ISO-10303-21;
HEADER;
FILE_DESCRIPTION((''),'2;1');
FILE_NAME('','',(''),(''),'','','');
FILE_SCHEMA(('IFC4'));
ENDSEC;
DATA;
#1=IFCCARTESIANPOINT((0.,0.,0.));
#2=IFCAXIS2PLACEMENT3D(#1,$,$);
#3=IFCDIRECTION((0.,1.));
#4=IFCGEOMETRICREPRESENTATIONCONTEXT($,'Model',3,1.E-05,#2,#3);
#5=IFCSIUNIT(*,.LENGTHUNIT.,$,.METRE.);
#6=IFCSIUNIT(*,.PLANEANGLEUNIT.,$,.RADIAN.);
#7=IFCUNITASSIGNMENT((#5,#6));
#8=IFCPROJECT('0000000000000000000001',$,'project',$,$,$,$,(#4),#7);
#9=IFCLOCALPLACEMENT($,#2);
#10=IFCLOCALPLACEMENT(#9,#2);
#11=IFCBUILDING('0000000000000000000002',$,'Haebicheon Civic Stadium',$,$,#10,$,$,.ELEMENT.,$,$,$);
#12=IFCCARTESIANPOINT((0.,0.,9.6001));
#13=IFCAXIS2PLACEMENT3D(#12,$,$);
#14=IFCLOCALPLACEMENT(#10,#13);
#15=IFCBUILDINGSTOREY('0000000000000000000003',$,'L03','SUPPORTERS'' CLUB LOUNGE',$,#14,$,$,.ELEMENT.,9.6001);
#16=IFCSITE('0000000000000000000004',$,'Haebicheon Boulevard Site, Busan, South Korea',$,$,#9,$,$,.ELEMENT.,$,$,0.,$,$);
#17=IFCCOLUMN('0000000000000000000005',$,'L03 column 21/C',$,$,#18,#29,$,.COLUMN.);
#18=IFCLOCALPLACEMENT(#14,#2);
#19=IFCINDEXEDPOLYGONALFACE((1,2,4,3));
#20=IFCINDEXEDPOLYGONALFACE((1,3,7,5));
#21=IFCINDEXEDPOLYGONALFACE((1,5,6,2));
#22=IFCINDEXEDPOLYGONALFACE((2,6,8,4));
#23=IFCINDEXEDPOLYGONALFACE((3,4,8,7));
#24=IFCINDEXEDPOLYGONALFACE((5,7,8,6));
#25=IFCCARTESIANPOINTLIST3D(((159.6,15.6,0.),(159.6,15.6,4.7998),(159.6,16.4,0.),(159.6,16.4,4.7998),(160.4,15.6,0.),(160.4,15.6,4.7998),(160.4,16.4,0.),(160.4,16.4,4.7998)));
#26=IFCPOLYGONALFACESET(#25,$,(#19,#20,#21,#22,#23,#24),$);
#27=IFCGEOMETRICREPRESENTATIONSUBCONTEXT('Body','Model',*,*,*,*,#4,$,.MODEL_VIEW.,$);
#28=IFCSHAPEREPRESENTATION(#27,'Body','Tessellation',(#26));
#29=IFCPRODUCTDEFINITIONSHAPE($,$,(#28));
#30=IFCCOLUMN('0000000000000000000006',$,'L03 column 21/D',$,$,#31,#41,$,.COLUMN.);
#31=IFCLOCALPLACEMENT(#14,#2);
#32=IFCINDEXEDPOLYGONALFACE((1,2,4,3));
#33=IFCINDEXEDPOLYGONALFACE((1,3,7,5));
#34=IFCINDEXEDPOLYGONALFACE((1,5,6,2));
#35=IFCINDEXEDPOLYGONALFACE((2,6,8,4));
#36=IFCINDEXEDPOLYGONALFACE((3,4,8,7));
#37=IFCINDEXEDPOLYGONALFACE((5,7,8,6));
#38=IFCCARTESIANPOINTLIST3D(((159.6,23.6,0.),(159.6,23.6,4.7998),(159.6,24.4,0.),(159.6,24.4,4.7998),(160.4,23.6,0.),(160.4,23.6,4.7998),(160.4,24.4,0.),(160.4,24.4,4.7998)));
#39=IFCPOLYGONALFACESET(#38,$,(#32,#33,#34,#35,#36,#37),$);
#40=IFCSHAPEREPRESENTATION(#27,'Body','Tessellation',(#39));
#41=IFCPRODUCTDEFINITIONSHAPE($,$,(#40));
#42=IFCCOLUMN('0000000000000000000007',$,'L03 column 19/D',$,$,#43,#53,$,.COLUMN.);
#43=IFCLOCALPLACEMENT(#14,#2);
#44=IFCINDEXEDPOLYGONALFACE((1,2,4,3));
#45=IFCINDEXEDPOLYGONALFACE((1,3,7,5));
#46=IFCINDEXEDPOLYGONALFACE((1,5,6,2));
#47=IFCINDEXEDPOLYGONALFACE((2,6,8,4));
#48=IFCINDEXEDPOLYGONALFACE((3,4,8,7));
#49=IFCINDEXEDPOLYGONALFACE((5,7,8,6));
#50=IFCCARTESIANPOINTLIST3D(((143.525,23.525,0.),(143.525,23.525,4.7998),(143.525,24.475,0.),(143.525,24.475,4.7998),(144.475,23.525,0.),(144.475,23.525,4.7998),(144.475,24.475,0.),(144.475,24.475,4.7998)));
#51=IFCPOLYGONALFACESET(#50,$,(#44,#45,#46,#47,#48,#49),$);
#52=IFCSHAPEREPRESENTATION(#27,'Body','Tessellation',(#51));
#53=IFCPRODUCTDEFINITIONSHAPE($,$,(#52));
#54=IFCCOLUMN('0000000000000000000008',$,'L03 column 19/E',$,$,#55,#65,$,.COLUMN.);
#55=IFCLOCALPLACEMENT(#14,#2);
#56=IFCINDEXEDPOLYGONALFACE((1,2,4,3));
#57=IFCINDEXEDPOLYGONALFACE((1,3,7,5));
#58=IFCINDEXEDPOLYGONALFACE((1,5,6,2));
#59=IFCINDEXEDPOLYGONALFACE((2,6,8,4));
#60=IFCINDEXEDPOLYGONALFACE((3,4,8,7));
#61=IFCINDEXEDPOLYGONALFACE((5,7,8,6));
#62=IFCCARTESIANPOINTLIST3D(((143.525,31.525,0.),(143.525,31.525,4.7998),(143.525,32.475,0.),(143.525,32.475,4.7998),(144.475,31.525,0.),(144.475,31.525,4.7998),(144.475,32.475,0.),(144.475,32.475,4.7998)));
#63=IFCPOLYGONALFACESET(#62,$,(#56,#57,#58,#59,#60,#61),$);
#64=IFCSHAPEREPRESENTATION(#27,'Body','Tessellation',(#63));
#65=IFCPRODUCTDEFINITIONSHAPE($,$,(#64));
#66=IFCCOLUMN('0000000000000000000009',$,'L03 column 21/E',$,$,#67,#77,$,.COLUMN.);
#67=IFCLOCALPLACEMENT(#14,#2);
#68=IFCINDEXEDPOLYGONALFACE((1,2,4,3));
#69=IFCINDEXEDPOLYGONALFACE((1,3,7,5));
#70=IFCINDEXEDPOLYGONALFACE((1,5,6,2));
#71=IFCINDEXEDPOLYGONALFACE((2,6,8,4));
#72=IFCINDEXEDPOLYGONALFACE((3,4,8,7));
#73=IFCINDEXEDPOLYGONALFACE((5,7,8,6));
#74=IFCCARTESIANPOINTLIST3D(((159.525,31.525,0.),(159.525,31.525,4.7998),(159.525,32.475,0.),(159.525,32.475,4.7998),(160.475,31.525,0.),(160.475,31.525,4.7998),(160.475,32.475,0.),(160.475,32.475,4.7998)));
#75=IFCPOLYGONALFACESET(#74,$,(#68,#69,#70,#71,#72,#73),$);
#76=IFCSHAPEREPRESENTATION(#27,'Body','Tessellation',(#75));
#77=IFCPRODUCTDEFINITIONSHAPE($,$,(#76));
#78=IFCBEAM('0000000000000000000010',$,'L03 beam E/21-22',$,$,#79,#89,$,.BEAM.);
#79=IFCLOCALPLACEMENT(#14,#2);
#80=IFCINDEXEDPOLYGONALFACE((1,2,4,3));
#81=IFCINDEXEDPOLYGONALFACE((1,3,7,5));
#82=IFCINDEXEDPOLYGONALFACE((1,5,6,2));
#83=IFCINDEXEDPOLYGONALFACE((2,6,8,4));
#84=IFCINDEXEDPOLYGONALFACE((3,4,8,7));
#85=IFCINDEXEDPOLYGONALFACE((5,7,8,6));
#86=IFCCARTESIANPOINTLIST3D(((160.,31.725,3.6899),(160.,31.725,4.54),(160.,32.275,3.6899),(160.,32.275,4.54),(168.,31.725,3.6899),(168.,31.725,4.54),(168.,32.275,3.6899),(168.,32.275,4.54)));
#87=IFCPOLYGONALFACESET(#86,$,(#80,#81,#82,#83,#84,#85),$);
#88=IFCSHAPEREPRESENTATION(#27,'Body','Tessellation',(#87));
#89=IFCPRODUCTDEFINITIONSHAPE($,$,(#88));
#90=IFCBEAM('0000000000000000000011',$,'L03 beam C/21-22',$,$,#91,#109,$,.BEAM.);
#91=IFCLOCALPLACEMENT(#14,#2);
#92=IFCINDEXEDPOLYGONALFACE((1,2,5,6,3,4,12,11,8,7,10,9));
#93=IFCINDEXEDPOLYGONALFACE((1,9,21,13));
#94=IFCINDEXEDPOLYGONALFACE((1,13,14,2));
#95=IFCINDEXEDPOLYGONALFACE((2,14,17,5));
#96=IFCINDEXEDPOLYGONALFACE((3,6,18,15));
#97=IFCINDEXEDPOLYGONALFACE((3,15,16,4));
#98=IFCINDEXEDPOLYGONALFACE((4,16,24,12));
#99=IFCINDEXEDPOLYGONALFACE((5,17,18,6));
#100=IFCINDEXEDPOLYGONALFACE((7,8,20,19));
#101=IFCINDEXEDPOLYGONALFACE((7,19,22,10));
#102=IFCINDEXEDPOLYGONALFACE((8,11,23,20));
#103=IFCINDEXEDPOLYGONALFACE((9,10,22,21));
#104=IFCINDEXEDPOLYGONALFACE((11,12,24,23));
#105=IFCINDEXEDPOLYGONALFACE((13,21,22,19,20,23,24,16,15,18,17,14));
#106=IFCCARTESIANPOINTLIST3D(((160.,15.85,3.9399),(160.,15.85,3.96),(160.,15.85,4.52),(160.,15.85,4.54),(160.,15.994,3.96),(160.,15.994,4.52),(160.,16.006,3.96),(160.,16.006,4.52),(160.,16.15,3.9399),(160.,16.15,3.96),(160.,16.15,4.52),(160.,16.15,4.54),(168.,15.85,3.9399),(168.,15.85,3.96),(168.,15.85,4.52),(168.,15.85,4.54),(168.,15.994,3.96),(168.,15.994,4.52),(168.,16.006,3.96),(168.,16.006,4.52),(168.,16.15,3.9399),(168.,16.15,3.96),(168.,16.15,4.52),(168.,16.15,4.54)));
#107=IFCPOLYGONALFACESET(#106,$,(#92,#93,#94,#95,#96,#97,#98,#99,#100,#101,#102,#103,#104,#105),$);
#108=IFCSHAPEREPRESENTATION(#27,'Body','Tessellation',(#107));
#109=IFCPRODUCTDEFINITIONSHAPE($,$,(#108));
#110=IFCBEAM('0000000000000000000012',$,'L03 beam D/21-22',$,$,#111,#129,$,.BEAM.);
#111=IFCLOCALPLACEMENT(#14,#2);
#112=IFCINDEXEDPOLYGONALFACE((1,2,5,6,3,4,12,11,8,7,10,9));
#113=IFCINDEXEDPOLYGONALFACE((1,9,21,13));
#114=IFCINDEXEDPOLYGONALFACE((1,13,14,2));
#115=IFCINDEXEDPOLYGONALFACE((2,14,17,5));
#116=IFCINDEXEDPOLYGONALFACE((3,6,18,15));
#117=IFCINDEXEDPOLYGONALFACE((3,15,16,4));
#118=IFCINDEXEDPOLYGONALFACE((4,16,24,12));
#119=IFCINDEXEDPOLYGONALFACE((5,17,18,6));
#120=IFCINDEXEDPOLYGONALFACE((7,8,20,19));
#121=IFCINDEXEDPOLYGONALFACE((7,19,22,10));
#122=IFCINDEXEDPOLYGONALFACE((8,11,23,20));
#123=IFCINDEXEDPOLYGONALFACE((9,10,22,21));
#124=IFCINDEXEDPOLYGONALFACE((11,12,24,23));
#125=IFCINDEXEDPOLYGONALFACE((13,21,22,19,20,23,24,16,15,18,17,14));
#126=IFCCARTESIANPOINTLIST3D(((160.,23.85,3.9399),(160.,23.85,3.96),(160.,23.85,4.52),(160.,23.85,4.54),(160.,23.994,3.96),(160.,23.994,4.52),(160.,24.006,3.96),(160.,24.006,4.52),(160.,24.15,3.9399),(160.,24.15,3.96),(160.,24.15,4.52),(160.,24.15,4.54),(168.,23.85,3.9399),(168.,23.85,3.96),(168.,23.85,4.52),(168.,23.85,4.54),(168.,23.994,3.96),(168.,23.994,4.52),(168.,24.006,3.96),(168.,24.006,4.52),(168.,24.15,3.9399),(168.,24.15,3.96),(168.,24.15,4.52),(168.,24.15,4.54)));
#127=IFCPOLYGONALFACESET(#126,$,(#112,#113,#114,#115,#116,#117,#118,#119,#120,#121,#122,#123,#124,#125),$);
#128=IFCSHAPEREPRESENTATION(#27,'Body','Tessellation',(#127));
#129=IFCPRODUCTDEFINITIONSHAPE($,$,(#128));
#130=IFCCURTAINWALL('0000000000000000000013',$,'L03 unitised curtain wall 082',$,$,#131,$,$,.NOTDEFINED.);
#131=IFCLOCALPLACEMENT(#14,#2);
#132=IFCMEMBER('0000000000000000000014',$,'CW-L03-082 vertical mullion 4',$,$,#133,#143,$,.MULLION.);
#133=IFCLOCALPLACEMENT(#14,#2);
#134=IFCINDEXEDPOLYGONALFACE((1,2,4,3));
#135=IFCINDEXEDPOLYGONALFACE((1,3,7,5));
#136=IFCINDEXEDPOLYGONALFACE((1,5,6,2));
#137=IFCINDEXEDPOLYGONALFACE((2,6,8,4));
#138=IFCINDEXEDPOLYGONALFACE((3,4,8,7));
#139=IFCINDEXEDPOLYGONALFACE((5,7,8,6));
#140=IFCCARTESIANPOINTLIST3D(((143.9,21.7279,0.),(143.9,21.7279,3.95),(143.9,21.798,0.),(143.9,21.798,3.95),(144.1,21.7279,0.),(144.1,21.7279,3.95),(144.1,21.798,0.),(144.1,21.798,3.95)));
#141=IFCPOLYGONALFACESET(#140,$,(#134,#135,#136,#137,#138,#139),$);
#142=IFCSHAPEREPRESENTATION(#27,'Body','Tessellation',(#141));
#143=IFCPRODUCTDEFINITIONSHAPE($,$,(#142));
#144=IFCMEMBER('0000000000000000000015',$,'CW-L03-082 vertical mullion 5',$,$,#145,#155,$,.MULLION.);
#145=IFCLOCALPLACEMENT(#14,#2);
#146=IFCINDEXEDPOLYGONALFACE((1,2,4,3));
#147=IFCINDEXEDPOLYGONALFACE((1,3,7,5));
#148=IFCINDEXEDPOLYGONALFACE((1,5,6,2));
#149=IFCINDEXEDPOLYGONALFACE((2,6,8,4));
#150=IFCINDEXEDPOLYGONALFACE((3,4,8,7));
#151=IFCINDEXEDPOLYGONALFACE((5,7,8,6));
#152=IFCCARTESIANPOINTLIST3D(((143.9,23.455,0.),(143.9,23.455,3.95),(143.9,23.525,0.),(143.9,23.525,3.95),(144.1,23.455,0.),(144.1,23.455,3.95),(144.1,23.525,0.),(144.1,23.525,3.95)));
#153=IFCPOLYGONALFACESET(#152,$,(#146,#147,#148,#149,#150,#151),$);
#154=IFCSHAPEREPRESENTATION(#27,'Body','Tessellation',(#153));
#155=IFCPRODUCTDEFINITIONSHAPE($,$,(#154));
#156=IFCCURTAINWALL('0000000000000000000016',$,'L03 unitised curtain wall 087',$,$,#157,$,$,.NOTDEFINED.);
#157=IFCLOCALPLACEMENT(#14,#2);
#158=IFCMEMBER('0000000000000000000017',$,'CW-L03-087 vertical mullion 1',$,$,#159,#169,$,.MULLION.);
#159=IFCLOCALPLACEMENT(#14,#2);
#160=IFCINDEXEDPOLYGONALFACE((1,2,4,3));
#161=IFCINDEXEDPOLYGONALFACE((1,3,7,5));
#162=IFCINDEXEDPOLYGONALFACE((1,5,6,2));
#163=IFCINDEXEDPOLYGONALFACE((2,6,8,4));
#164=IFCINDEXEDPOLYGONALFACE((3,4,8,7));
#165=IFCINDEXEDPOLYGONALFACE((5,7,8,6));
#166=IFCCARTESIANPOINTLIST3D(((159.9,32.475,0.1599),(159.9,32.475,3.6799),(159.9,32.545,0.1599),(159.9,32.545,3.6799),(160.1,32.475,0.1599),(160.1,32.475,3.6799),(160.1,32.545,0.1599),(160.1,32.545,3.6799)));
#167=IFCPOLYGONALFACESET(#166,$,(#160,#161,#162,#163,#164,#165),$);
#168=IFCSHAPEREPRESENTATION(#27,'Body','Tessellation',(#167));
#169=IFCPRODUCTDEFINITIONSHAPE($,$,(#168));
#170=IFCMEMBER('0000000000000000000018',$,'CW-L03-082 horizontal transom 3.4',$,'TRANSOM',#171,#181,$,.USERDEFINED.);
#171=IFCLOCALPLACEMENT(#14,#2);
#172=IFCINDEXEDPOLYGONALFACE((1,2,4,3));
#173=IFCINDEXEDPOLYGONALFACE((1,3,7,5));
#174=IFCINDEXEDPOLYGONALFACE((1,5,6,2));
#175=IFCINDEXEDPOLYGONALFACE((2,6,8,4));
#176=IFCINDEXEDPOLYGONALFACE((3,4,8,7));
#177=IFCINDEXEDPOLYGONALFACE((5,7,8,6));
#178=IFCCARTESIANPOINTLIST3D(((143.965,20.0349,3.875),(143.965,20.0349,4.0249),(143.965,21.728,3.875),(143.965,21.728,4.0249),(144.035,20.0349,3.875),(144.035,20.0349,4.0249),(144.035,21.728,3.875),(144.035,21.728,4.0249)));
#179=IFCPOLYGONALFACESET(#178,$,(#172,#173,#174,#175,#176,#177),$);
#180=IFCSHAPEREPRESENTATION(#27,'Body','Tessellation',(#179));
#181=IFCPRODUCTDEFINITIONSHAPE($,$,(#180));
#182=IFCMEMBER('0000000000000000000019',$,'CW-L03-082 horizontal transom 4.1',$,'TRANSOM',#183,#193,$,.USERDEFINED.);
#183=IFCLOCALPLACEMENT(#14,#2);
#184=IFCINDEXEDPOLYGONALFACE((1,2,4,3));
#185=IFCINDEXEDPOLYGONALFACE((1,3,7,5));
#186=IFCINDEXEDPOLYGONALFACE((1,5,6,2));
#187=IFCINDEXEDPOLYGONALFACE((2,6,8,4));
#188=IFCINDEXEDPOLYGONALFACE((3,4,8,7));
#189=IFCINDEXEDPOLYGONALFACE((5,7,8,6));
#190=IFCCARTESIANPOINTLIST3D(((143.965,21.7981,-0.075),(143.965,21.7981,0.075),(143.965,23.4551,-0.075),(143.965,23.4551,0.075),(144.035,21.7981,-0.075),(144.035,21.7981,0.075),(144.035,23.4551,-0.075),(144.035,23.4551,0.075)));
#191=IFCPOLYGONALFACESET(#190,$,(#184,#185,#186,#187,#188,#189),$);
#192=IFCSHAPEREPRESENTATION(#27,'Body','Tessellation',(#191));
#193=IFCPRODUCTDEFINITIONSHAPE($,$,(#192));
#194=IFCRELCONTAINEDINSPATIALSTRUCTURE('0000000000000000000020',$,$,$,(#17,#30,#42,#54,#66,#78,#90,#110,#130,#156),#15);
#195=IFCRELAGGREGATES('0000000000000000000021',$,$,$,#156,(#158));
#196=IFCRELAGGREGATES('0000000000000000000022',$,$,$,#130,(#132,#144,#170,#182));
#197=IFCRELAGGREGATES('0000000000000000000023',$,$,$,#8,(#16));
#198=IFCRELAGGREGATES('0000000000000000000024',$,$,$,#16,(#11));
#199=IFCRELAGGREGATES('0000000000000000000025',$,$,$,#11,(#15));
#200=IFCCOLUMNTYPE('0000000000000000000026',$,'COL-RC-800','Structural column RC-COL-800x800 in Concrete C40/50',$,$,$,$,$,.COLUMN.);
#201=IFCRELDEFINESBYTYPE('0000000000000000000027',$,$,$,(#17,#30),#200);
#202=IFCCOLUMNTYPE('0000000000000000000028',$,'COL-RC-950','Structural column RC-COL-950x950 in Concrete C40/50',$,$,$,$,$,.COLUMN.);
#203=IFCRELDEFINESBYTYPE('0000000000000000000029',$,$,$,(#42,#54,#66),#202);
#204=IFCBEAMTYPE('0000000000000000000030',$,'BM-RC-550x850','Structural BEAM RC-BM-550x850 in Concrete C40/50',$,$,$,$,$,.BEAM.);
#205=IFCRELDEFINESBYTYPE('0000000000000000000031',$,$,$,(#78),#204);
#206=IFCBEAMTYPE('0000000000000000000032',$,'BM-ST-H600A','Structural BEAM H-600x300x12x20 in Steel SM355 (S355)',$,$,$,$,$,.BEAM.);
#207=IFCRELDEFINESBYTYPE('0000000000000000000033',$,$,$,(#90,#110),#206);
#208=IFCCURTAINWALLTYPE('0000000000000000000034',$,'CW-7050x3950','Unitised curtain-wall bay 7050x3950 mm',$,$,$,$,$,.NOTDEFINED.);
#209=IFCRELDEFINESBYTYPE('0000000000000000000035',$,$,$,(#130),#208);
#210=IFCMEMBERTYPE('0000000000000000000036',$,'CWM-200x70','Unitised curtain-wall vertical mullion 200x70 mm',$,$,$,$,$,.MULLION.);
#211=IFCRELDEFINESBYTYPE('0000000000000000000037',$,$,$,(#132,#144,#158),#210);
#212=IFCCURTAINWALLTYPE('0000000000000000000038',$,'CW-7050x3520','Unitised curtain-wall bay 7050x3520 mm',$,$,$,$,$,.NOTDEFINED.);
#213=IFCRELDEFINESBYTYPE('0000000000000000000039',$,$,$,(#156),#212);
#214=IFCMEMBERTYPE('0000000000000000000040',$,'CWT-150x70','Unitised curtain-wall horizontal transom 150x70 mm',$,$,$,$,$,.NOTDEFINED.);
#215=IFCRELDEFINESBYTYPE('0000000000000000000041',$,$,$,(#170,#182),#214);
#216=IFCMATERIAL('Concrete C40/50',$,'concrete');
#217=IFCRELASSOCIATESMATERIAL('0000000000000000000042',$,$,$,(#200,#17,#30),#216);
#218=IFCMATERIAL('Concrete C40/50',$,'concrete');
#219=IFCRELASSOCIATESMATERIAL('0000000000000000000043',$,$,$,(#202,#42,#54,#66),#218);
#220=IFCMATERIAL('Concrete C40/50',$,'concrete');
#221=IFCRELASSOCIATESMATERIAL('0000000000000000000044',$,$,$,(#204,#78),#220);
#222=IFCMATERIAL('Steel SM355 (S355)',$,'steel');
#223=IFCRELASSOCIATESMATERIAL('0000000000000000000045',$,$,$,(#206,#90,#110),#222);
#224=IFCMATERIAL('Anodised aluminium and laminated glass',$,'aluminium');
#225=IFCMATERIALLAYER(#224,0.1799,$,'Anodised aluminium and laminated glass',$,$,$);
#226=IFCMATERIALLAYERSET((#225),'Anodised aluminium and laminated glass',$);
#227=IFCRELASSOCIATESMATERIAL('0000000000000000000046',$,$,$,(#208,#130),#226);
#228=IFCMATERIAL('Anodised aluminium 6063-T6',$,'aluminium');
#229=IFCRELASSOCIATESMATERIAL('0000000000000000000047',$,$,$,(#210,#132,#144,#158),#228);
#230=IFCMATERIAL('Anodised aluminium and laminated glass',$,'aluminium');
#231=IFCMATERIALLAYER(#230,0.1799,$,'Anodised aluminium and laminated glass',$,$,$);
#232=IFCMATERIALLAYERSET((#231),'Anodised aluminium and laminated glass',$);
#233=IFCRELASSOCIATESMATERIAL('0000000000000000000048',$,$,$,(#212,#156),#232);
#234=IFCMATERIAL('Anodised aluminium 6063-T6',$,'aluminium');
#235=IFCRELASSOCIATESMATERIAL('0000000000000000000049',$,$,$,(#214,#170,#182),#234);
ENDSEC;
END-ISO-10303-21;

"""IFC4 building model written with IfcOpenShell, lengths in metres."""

from ifc_helpers import new_model, si_unit, direction, frame, origin, origin_2d, place, context, subcontext, project, spatial, rectangle, i_section, extrude, material, layer, layer_set, material_profile, profile_set, type_object, element, aggregate, save


model = new_model("IFC4")

# Units and contexts
model_context = context("Model", 3, precision=1e-05, world=origin(), true_north=direction((0.0, 1.0)))
body_context = subcontext(model_context, "Body", "Model", "MODEL_VIEW")
ifc_project = project(units=[si_unit("LENGTHUNIT", "METRE"), si_unit("PLANEANGLEUNIT", "RADIAN")], contexts=[model_context])

# Site, building, storey
site_placement = place(None, origin())
site = spatial("IfcSite", under=ifc_project, at=site_placement, Name="Haebicheon Boulevard Site, Busan, South Korea", CompositionType="ELEMENT", RefElevation=0.0)
building_placement = place(site_placement, origin())
building = spatial("IfcBuilding", under=site, at=building_placement, Name="Haebicheon Civic Stadium", CompositionType="ELEMENT")
storey_placement = place(building_placement, frame((0.0, 0.0, 9.6001)))
storey = spatial("IfcBuildingStorey", under=building, at=storey_placement, Name="L03", Description="SUPPORTERS' CLUB LOUNGE", CompositionType="ELEMENT", Elevation=9.6001)

# Columns
ifc_material_1 = material(Name="Concrete C40/50", Category="concrete")
ifc_material_profile_1 = material_profile(ifc_material_1, rectangle(XDim=0.8, YDim=0.8, at=origin_2d()), Name="RC-COL-800x800")
ifc_profile_set_1 = profile_set([ifc_material_profile_1], Name="Concrete C40/50")
column_type_1 = type_object("IfcColumnType", Name="COL-RC-800", Description="Structural column RC-COL-800x800 in Concrete C40/50", PredefinedType="COLUMN", material=ifc_profile_set_1)
for number, where, z_axis, x_axis, name in (
    (1, (160.0, 16.0, 0.0), (0.0, 0.0, 1.0), (1.0, 0.0, 0.0), "L03 column 21/C"),
    (2, (160.0, 24.0, 0.0), (0.0, 0.0, 1.0), (1.0, 0.0, 0.0), "L03 column 21/D"),
):
    element("IfcColumn", number, at=place(storey_placement, frame(where, z_axis=z_axis, x_axis=x_axis)), inside=storey, type_object=column_type_1, material=ifc_profile_set_1, Name=name, PredefinedType="COLUMN", context=body_context, shape_type="SweptSolid", body=[
        extrude(rectangle(XDim=0.8, YDim=0.8, at=origin_2d()), origin(), (0.0, 0.0, 1.0), 4.7998),
    ])
ifc_material_2 = material(Name="Concrete C40/50", Category="concrete")
ifc_material_profile_2 = material_profile(ifc_material_2, rectangle(XDim=0.95, YDim=0.95, at=origin_2d()), Name="RC-COL-950x950")
ifc_profile_set_2 = profile_set([ifc_material_profile_2], Name="Concrete C40/50")
column_type_2 = type_object("IfcColumnType", Name="COL-RC-950", Description="Structural column RC-COL-950x950 in Concrete C40/50", PredefinedType="COLUMN", material=ifc_profile_set_2)
for number, where, z_axis, x_axis, name in (
    (3, (144.0, 24.0, 0.0), (0.0, 0.0, 1.0), (1.0, 0.0, 0.0), "L03 column 19/D"),
    (4, (144.0, 32.0, 0.0), (0.0, 0.0, 1.0), (1.0, 0.0, 0.0), "L03 column 19/E"),
    (5, (160.0, 32.0, 0.0), (0.0, 0.0, 1.0), (1.0, 0.0, 0.0), "L03 column 21/E"),
):
    element("IfcColumn", number, at=place(storey_placement, frame(where, z_axis=z_axis, x_axis=x_axis)), inside=storey, type_object=column_type_2, material=ifc_profile_set_2, Name=name, PredefinedType="COLUMN", context=body_context, shape_type="SweptSolid", body=[
        extrude(rectangle(XDim=0.95, YDim=0.95, at=origin_2d()), origin(), (0.0, 0.0, 1.0), 4.7998),
    ])

# Beams
ifc_material_3 = material(Name="Concrete C40/50", Category="concrete")
ifc_material_profile_3 = material_profile(ifc_material_3, rectangle(XDim=0.55, YDim=0.8501, at=origin_2d()), Name="RC-BM-550x850")
ifc_profile_set_3 = profile_set([ifc_material_profile_3], Name="Concrete C40/50")
beam_type_1 = type_object("IfcBeamType", Name="BM-RC-550x850", Description="Structural BEAM RC-BM-550x850 in Concrete C40/50", PredefinedType="BEAM", material=ifc_profile_set_3)
beam_placement = place(storey_placement, frame((160.0, 32.0, 4.115), z_axis=(1.0, 0.0, 0.0), x_axis=(0.0, 1.0, 0.0)))
element("IfcBeam", 6, at=beam_placement, inside=storey, type_object=beam_type_1, material=ifc_profile_set_3, Name="L03 beam E/21-22", PredefinedType="BEAM", context=body_context, shape_type="SweptSolid", body=[
    extrude(rectangle(XDim=0.55, YDim=0.8501, at=origin_2d()), origin(), (0.0, 0.0, 1.0), 8.0),
])
ifc_material_4 = material(Name="Steel SM355 (S355)", Category="steel")
ifc_material_profile_4 = material_profile(ifc_material_4, i_section(OverallWidth=0.3, OverallDepth=0.6001, WebThickness=0.012, FlangeThickness=0.02, at=origin_2d()), Name="H-600x300x12x20")
ifc_profile_set_4 = profile_set([ifc_material_profile_4], Name="Steel SM355 (S355)")
beam_type_2 = type_object("IfcBeamType", Name="BM-ST-H600A", Description="Structural BEAM H-600x300x12x20 in Steel SM355 (S355)", PredefinedType="BEAM", material=ifc_profile_set_4)
for number, where, z_axis, x_axis, name in (
    (7, (160.0, 16.0, 4.24), (1.0, 0.0, 0.0), (0.0, 1.0, 0.0), "L03 beam C/21-22"),
    (8, (160.0, 24.0, 4.24), (1.0, 0.0, 0.0), (0.0, 1.0, 0.0), "L03 beam D/21-22"),
):
    element("IfcBeam", number, at=place(storey_placement, frame(where, z_axis=z_axis, x_axis=x_axis)), inside=storey, type_object=beam_type_2, material=ifc_profile_set_4, Name=name, PredefinedType="BEAM", context=body_context, shape_type="SweptSolid", body=[
        extrude(i_section(OverallWidth=0.3, OverallDepth=0.6001, WebThickness=0.012, FlangeThickness=0.02, at=origin_2d()), origin(), (0.0, 0.0, 1.0), 8.0),
    ])

# Curtain wall, members
ifc_material_5 = material(Name="Anodised aluminium and laminated glass", Category="aluminium")
ifc_layer_1 = layer(ifc_material_5, 0.1799, Name="Anodised aluminium and laminated glass")
ifc_layer_set_1 = layer_set([ifc_layer_1], Name="Anodised aluminium and laminated glass")
curtain_wall_type_1 = type_object("IfcCurtainWallType", Name="CW-7050x3950", Description="Unitised curtain-wall bay 7050x3950 mm", PredefinedType="NOTDEFINED", material=ifc_layer_set_1)
curtain_wall_1_placement = place(storey_placement, origin())
curtain_wall_1 = element("IfcCurtainWall", 9, at=curtain_wall_1_placement, inside=storey, type_object=curtain_wall_type_1, material=ifc_layer_set_1, Name="L03 unitised curtain wall 082", PredefinedType="NOTDEFINED")
ifc_material_6 = material(Name="Anodised aluminium 6063-T6", Category="aluminium")
ifc_material_profile_5 = material_profile(ifc_material_6, rectangle(XDim=0.0701, YDim=0.2, at=origin_2d()), Name="ALU-MULL-70x200")
ifc_profile_set_5 = profile_set([ifc_material_profile_5], Name="Anodised aluminium 6063-T6")
member_type_1 = type_object("IfcMemberType", Name="CWM-200x70", Description="Unitised curtain-wall vertical mullion 200x70 mm", PredefinedType="MULLION", material=ifc_profile_set_5)
member_1_placement = place(storey_placement, frame((144.0, 21.7629, 0.0), z_axis=(0.0, 0.0, 1.0), x_axis=(0.0, 1.0, 0.0)))
member_1 = element("IfcMember", 10, at=member_1_placement, type_object=member_type_1, material=ifc_profile_set_5, Name="CW-L03-082 vertical mullion 4", PredefinedType="MULLION", context=body_context, shape_type="SweptSolid", body=[
    extrude(rectangle(XDim=0.0701, YDim=0.2, at=origin_2d()), origin(), (0.0, 0.0, 1.0), 3.95),
])
member_2_placement = place(storey_placement, frame((144.0, 23.49, 0.0), z_axis=(0.0, 0.0, 1.0), x_axis=(0.0, 1.0, 0.0)))
member_2 = element("IfcMember", 11, at=member_2_placement, type_object=member_type_1, material=ifc_profile_set_5, Name="CW-L03-082 vertical mullion 5", PredefinedType="MULLION", context=body_context, shape_type="SweptSolid", body=[
    extrude(rectangle(XDim=0.0701, YDim=0.2, at=origin_2d()), origin(), (0.0, 0.0, 1.0), 3.95),
])

# Curtain wall, member
ifc_material_7 = material(Name="Anodised aluminium and laminated glass", Category="aluminium")
ifc_layer_2 = layer(ifc_material_7, 0.1799, Name="Anodised aluminium and laminated glass")
ifc_layer_set_2 = layer_set([ifc_layer_2], Name="Anodised aluminium and laminated glass")
curtain_wall_type_2 = type_object("IfcCurtainWallType", Name="CW-7050x3520", Description="Unitised curtain-wall bay 7050x3520 mm", PredefinedType="NOTDEFINED", material=ifc_layer_set_2)
curtain_wall_2_placement = place(storey_placement, origin())
curtain_wall_2 = element("IfcCurtainWall", 12, at=curtain_wall_2_placement, inside=storey, type_object=curtain_wall_type_2, material=ifc_layer_set_2, Name="L03 unitised curtain wall 087", PredefinedType="NOTDEFINED")
member_3_placement = place(storey_placement, frame((160.0, 32.51, 0.1599), z_axis=(0.0, 0.0, 1.0), x_axis=(0.0, 1.0, 0.0)))
member_3 = element("IfcMember", 13, at=member_3_placement, type_object=member_type_1, material=ifc_profile_set_5, Name="CW-L03-087 vertical mullion 1", PredefinedType="MULLION", context=body_context, shape_type="SweptSolid", body=[
    extrude(rectangle(XDim=0.0701, YDim=0.2, at=origin_2d()), origin(), (0.0, 0.0, 1.0), 3.52),
])
aggregate(curtain_wall_2, [member_3])

# Members
ifc_material_8 = material(Name="Anodised aluminium 6063-T6", Category="aluminium")
ifc_material_profile_6 = material_profile(ifc_material_8, rectangle(XDim=0.0701, YDim=0.1499, at=origin_2d()), Name="ALU-TRAN-70x150")
ifc_profile_set_6 = profile_set([ifc_material_profile_6], Name="Anodised aluminium 6063-T6")
member_type_2 = type_object("IfcMemberType", Name="CWT-150x70", Description="Unitised curtain-wall horizontal transom 150x70 mm", PredefinedType="NOTDEFINED", material=ifc_profile_set_6)
member_4_placement = place(storey_placement, frame((144.0, 20.0349, 3.95), z_axis=(0.0, 1.0, 0.0), x_axis=(-1.0, 0.0, 0.0)))
member_4 = element("IfcMember", 14, at=member_4_placement, type_object=member_type_2, material=ifc_profile_set_6, Name="CW-L03-082 horizontal transom 3.4", ObjectType="TRANSOM", PredefinedType="USERDEFINED", context=body_context, shape_type="SweptSolid", body=[
    extrude(rectangle(XDim=0.0701, YDim=0.1499, at=origin_2d()), origin(), (0.0, 0.0, 1.0), 1.6931),
])
member_5_placement = place(storey_placement, frame((144.0, 21.7981, 0.0), z_axis=(0.0, 1.0, 0.0), x_axis=(-1.0, 0.0, 0.0)))
member_5 = element("IfcMember", 15, at=member_5_placement, type_object=member_type_2, material=ifc_profile_set_6, Name="CW-L03-082 horizontal transom 4.1", ObjectType="TRANSOM", PredefinedType="USERDEFINED", context=body_context, shape_type="SweptSolid", body=[
    extrude(rectangle(XDim=0.0701, YDim=0.1499, at=origin_2d()), origin(), (0.0, 0.0, 1.0), 1.657),
])

aggregate(curtain_wall_1, [member_1, member_2, member_4, member_5])

save(model, "model.ifc")
